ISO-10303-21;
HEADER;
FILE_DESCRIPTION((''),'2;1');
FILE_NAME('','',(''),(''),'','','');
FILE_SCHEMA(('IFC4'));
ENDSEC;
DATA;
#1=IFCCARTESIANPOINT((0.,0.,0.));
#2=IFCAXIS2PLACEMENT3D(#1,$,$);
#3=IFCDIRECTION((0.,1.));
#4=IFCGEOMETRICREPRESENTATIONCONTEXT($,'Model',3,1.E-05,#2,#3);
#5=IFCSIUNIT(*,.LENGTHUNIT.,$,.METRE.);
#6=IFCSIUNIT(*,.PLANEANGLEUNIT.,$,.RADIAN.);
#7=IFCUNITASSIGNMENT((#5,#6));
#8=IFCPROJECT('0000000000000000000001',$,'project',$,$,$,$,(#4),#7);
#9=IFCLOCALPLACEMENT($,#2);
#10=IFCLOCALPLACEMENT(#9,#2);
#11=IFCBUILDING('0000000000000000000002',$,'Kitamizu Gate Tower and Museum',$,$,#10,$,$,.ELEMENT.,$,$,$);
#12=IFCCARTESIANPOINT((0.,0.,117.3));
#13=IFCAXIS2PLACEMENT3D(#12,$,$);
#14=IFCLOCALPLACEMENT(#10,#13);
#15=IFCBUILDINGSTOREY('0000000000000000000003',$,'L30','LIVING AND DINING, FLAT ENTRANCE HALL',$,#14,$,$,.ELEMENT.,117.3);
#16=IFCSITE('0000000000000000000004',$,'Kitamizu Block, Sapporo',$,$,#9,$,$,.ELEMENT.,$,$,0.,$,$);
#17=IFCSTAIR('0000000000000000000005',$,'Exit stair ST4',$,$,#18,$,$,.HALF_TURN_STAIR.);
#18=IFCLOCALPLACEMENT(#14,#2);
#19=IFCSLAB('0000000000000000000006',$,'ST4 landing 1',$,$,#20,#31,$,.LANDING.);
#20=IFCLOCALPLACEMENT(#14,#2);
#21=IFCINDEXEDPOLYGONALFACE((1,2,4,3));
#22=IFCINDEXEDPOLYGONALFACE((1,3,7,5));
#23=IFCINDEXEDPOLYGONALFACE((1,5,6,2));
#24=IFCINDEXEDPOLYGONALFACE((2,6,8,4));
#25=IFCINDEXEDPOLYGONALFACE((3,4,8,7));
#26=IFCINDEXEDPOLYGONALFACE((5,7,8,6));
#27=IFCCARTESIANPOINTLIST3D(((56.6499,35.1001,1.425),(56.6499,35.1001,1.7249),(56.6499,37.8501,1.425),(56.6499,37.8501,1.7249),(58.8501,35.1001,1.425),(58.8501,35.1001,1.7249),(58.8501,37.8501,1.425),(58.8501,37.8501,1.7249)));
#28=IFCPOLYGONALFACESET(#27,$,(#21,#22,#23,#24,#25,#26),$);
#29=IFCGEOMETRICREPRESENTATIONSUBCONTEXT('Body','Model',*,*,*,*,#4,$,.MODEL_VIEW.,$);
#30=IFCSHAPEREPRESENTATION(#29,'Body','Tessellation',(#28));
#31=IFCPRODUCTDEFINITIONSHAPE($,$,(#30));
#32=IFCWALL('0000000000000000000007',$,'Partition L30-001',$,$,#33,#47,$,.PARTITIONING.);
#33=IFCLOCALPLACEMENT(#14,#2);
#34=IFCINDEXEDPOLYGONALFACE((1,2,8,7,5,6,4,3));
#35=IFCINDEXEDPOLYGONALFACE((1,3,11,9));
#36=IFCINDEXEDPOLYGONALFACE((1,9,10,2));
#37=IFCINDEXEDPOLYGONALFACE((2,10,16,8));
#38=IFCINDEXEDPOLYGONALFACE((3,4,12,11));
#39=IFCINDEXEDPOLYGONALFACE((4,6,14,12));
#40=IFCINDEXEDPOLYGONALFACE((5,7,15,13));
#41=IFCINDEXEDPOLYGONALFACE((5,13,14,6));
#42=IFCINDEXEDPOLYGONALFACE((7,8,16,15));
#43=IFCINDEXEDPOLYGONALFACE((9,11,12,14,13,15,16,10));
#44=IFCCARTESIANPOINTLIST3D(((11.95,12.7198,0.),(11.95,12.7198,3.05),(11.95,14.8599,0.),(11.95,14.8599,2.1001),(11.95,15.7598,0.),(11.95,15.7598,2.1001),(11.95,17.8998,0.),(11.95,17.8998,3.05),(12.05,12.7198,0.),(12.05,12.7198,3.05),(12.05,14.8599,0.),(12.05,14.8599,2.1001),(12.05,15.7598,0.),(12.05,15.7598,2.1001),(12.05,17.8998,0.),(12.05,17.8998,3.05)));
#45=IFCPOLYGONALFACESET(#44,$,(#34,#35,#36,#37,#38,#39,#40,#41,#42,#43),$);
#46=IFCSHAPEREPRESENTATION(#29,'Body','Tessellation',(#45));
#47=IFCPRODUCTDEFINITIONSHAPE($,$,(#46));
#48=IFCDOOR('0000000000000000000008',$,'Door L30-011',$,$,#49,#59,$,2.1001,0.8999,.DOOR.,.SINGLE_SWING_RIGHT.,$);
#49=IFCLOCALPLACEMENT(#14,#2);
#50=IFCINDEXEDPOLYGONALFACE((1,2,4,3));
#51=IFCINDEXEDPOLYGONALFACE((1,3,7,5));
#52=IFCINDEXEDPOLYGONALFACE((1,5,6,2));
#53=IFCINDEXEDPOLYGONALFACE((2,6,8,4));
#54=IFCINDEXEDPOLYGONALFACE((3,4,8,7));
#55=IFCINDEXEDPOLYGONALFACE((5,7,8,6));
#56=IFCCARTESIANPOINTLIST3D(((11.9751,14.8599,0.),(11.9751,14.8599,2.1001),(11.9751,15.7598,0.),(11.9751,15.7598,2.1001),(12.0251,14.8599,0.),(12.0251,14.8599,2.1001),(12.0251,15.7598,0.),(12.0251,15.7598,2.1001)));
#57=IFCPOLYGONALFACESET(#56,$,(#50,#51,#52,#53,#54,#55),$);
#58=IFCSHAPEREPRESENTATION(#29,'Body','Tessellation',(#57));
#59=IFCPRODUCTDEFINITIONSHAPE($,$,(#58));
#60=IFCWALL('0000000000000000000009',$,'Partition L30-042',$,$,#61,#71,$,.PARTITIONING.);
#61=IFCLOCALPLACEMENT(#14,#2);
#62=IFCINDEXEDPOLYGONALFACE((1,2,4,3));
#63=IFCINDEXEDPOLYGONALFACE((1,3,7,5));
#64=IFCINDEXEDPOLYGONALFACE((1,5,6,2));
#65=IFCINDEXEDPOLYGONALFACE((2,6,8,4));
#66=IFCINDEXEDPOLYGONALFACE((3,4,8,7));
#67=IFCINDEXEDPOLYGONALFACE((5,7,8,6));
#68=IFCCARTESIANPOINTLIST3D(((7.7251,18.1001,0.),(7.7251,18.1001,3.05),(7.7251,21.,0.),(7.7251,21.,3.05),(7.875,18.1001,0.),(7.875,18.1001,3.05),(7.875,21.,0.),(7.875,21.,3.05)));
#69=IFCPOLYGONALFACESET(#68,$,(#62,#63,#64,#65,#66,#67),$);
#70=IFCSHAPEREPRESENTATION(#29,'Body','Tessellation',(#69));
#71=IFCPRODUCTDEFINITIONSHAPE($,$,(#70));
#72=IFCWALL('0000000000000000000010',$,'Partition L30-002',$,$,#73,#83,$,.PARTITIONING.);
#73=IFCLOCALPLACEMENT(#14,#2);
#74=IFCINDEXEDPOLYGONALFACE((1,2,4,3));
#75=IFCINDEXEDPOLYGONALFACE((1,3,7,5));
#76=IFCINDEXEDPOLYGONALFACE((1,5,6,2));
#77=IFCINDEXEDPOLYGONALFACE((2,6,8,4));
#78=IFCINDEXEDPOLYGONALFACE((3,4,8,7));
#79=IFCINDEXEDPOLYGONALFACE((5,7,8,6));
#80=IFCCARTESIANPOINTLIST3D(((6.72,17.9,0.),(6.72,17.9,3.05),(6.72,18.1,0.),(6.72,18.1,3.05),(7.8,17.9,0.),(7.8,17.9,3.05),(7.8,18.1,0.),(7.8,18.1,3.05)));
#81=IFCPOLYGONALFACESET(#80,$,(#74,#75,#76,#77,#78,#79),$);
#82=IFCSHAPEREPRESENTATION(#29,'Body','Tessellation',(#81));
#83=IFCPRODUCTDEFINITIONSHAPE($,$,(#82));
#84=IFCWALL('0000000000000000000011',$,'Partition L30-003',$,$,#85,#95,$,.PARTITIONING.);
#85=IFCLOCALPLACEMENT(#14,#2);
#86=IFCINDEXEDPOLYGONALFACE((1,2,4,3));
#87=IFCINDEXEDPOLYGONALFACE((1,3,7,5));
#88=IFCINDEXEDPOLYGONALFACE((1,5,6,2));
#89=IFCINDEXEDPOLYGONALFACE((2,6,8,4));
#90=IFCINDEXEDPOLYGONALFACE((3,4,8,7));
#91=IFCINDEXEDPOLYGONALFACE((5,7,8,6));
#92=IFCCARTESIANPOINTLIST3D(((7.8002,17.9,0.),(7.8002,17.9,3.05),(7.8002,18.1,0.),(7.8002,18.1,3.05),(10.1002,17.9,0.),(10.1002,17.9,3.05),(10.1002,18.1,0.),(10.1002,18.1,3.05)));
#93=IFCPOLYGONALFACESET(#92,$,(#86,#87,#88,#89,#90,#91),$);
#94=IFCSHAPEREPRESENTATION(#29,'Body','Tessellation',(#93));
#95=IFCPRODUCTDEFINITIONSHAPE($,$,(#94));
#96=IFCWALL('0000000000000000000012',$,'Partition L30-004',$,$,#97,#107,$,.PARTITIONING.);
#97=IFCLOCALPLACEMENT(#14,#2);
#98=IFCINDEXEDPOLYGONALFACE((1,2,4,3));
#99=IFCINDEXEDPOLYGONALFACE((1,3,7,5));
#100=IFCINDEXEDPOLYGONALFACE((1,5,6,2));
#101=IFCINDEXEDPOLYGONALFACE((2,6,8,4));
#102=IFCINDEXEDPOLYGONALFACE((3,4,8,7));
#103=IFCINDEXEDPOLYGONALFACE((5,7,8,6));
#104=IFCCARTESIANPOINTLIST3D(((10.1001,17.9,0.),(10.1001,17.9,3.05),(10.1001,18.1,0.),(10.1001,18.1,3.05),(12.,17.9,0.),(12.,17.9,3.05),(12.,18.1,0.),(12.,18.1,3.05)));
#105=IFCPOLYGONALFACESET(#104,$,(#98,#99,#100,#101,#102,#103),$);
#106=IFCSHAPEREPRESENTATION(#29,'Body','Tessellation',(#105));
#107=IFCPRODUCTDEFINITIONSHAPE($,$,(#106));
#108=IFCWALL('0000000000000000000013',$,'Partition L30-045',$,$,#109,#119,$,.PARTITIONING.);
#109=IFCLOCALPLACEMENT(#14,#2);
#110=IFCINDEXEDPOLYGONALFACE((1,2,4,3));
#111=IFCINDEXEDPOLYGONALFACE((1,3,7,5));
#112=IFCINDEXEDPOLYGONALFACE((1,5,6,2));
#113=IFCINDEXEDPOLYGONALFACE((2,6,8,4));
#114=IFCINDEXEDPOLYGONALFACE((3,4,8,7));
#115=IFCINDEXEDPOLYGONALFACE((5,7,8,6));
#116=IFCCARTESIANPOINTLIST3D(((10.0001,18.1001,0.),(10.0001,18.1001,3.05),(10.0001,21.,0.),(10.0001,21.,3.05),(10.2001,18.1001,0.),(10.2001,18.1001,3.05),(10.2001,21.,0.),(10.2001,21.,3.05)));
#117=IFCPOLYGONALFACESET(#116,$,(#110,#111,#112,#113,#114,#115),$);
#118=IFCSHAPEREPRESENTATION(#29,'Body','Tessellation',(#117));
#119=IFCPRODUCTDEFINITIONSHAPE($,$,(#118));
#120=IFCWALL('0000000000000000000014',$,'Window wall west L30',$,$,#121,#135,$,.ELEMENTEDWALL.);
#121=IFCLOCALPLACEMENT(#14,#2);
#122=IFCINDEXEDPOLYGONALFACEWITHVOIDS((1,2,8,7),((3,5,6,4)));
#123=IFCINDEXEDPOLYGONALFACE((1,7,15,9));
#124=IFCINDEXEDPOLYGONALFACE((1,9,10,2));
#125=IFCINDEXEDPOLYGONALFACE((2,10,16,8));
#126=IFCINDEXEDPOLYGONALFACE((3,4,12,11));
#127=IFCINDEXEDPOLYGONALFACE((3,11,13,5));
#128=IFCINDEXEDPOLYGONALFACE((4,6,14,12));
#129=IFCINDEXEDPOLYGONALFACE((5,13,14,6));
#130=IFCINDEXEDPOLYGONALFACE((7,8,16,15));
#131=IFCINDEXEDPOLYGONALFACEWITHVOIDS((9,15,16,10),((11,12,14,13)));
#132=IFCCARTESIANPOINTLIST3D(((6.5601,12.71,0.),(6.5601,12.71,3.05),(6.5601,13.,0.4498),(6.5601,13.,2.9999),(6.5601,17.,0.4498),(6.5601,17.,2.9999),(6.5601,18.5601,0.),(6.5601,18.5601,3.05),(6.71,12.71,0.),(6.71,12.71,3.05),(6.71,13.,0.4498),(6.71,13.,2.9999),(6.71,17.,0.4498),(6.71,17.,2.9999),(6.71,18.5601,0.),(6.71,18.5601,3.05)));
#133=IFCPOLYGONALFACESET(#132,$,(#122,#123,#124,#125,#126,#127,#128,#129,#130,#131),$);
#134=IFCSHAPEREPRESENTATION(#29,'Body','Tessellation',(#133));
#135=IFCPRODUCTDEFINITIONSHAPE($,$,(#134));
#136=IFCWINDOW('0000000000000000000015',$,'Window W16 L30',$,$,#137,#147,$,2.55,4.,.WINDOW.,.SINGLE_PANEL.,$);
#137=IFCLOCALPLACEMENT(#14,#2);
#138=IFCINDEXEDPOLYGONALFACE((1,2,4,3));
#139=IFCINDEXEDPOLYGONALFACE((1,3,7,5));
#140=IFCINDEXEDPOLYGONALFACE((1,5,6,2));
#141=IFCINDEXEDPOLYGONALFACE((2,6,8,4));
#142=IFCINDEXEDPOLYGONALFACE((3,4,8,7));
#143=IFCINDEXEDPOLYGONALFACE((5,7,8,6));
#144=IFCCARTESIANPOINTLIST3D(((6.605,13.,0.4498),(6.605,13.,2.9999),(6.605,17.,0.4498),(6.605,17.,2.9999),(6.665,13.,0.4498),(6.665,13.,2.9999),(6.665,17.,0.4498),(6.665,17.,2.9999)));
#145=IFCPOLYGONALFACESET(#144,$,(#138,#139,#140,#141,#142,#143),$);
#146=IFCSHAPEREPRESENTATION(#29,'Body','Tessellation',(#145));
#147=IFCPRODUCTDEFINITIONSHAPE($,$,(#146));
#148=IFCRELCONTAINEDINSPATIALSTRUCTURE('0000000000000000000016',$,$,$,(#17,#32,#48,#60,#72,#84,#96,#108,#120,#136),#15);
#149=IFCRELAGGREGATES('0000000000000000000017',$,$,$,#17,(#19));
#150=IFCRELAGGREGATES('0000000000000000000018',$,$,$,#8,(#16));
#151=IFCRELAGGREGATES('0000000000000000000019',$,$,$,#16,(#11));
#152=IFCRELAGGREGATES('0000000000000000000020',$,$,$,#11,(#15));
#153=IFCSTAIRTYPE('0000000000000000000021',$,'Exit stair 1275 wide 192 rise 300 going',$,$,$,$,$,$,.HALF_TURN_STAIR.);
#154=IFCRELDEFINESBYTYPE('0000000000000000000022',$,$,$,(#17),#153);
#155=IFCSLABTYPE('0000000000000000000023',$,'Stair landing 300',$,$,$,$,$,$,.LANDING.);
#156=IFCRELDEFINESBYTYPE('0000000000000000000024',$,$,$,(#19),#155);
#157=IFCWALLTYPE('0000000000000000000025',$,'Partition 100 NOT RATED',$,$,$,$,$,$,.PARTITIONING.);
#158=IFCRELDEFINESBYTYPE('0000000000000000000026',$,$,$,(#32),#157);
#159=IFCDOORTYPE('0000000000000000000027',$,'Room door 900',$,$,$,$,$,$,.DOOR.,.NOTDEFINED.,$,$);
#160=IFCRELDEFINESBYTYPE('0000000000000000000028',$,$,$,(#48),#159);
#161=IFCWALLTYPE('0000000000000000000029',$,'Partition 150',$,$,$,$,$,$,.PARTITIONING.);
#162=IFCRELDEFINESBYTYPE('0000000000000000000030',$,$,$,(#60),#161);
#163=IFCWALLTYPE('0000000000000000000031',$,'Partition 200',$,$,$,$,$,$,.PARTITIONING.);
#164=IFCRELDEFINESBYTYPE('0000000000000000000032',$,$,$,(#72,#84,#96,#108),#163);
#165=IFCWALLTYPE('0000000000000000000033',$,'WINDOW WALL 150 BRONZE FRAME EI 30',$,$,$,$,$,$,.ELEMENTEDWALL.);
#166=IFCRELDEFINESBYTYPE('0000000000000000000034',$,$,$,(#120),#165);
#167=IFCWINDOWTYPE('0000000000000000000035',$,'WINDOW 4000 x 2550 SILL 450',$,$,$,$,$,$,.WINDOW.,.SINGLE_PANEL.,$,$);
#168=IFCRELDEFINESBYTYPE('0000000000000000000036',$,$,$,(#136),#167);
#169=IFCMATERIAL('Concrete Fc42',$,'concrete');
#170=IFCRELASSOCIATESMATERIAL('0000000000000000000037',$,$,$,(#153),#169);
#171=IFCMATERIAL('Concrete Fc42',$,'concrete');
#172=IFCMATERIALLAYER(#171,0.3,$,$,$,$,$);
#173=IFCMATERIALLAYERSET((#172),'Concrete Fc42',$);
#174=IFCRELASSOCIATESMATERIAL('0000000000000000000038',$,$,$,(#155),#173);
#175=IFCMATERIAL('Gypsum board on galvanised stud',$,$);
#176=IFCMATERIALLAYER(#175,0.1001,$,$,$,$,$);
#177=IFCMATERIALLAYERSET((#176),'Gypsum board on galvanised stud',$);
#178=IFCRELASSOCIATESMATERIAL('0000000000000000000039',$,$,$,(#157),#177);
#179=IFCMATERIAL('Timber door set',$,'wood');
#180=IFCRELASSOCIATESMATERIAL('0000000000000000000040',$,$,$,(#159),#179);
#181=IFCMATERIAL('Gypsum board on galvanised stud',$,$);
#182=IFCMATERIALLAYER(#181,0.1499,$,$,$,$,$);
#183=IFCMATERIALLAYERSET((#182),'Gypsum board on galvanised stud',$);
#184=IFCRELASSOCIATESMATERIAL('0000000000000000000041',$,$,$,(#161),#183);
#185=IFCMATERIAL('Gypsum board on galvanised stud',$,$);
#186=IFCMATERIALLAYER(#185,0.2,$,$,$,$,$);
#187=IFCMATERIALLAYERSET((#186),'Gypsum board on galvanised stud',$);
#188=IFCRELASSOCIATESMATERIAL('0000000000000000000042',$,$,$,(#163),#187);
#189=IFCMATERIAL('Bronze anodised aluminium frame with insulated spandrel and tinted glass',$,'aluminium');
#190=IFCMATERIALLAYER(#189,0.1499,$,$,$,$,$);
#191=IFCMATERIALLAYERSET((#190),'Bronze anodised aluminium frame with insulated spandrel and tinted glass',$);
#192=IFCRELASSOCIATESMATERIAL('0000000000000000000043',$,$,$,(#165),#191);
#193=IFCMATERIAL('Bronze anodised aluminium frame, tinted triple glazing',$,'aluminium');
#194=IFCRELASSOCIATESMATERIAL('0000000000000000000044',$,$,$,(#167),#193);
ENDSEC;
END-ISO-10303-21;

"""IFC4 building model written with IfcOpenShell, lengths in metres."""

from ifc_helpers import new_model, si_unit, direction, frame, frame_2d, origin, place, context, subcontext, project, spatial, polyline, rectangle, outline, extrude, material, layer, layer_set, type_object, element, fill, aggregate, save


model = new_model("IFC4")

# Units and contexts
model_context = context("Model", 3, precision=1e-05, world=origin(), true_north=direction((0.0, 1.0)))
body_context = subcontext(model_context, "Body", "Model", "MODEL_VIEW")
ifc_project = project(units=[si_unit("LENGTHUNIT", "METRE"), si_unit("PLANEANGLEUNIT", "RADIAN")], contexts=[model_context])

# Site, building, storey
site_placement = place(None, origin())
site = spatial("IfcSite", under=ifc_project, at=site_placement, Name="Kitamizu Block, Sapporo", CompositionType="ELEMENT", RefElevation=0.0)
building_placement = place(site_placement, origin())
building = spatial("IfcBuilding", under=site, at=building_placement, Name="Kitamizu Gate Tower and Museum", CompositionType="ELEMENT")
storey_placement = place(building_placement, frame((0.0, 0.0, 117.3)))
storey = spatial("IfcBuildingStorey", under=building, at=storey_placement, Name="L30", Description="LIVING AND DINING, FLAT ENTRANCE HALL", CompositionType="ELEMENT", Elevation=117.3)

# Stair, slab
ifc_material_1 = material(Name="Concrete Fc42", Category="concrete")
stair_type = type_object("IfcStairType", Name="Exit stair 1275 wide 192 rise 300 going", PredefinedType="HALF_TURN_STAIR", material=ifc_material_1)
ifc_material_2 = material(Name="Concrete Fc42", Category="concrete")
ifc_layer_1 = layer(ifc_material_2, 0.3)
ifc_layer_set_1 = layer_set([ifc_layer_1], Name="Concrete Fc42")
slab_type_1 = type_object("IfcSlabType", Name="Stair landing 300", PredefinedType="LANDING", material=ifc_layer_set_1)
stair_1_placement = place(storey_placement, origin())
stair_1 = element("IfcStair", 1, at=stair_1_placement, inside=storey, type_object=stair_type, Name="Exit stair ST4", PredefinedType="HALF_TURN_STAIR")
slab_1_placement = place(storey_placement, frame((0.0, 0.0, 1.425)))
slab_1 = element("IfcSlab", 2, at=slab_1_placement, type_object=slab_type_1, Name="ST4 landing 1", PredefinedType="LANDING", context=body_context, shape_type="SweptSolid", body=[
    extrude(outline(polyline([(56.6499, 35.1001), (58.8501, 35.1001), (58.8501, 37.8501), (56.6499, 37.8501), (56.6499, 35.1001)])), origin(), (0.0, 0.0, 1.0), 0.2998),
])
aggregate(stair_1, [slab_1])

# Wall, opening, door
ifc_material_3 = material(Name="Gypsum board on galvanised stud")
ifc_layer_2 = layer(ifc_material_3, 0.1001)
ifc_layer_set_2 = layer_set([ifc_layer_2], Name="Gypsum board on galvanised stud")
wall_type_1 = type_object("IfcWallType", Name="Partition 100 NOT RATED", PredefinedType="PARTITIONING", material=ifc_layer_set_2)
wall_1_placement = place(storey_placement, frame((12.0, 12.72, 0.0), z_axis=(0.0, 0.0, 1.0), x_axis=(0.0, 1.0, 0.0)))
wall_1 = element("IfcWall", 3, at=wall_1_placement, inside=storey, type_object=wall_type_1, Name="Partition L30-001", PredefinedType="PARTITIONING", context=body_context, shape_type="SweptSolid", body=[
    extrude(rectangle(XDim=5.1799, YDim=0.1001, at=frame_2d((2.5898, 0.0))), origin(), (0.0, 0.0, 1.0), 3.05),
])
opening_1_placement = place(wall_1_placement, frame((2.1399, 0.0, 0.0)))
opening_1 = element("IfcOpeningElement", 4, at=opening_1_placement, cuts=wall_1, PredefinedType="OPENING", context=body_context, shape_type="SweptSolid", body=[
    extrude(rectangle(XDim=0.8999, YDim=2.1001, at=frame_2d((0.45, 1.05))), frame((0.0, 0.0601, 0.0), z_axis=(0.0, -1.0, 0.0), x_axis=(1.0, 0.0, 0.0)), (0.0, 0.0, 1.0), 0.1201),
])
ifc_material_4 = material(Name="Timber door set", Category="wood")
door_type = type_object("IfcDoorType", Name="Room door 900", OperationType="NOTDEFINED", PredefinedType="DOOR", material=ifc_material_4)
door_placement = place(opening_1_placement, origin())
door = element("IfcDoor", 5, at=door_placement, inside=storey, type_object=door_type, Name="Door L30-011", OperationType="SINGLE_SWING_RIGHT", OverallHeight=2.1001, OverallWidth=0.8999, PredefinedType="DOOR", context=body_context, shape_type="SweptSolid", body=[
    extrude(rectangle(XDim=0.8999, YDim=2.1001, at=frame_2d((0.45, 1.05))), frame((0.0, 0.0249, 0.0), z_axis=(0.0, -1.0, 0.0), x_axis=(1.0, 0.0, 0.0)), (0.0, 0.0, 1.0), 0.05),
])
fill(opening_1, door)

# Walls
ifc_material_5 = material(Name="Gypsum board on galvanised stud")
ifc_layer_3 = layer(ifc_material_5, 0.1499)
ifc_layer_set_3 = layer_set([ifc_layer_3], Name="Gypsum board on galvanised stud")
wall_type_2 = type_object("IfcWallType", Name="Partition 150", PredefinedType="PARTITIONING", material=ifc_layer_set_3)
wall_2_placement = place(storey_placement, frame((7.8, 18.1001, 0.0), z_axis=(0.0, 0.0, 1.0), x_axis=(0.0, 1.0, 0.0)))
element("IfcWall", 6, at=wall_2_placement, inside=storey, type_object=wall_type_2, Name="Partition L30-042", PredefinedType="PARTITIONING", context=body_context, shape_type="SweptSolid", body=[
    extrude(rectangle(XDim=2.8999, YDim=0.1499, at=frame_2d((1.45, 0.0))), origin(), (0.0, 0.0, 1.0), 3.05),
])
ifc_material_6 = material(Name="Gypsum board on galvanised stud")
ifc_layer_4 = layer(ifc_material_6, 0.2)
ifc_layer_set_4 = layer_set([ifc_layer_4], Name="Gypsum board on galvanised stud")
wall_type_3 = type_object("IfcWallType", Name="Partition 200", PredefinedType="PARTITIONING", material=ifc_layer_set_4)
wall_3_placement = place(storey_placement, frame((7.8, 18.0, 0.0), z_axis=(0.0, 0.0, 1.0), x_axis=(-1.0, 0.0, 0.0)))
element("IfcWall", 7, at=wall_3_placement, inside=storey, type_object=wall_type_3, Name="Partition L30-002", PredefinedType="PARTITIONING", context=body_context, shape_type="SweptSolid", body=[
    extrude(rectangle(XDim=1.0801, YDim=0.2, at=frame_2d((0.54, 0.0))), origin(), (0.0, 0.0, 1.0), 3.05),
])
wall_4_placement = place(storey_placement, frame((10.1001, 18.0, 0.0), z_axis=(0.0, 0.0, 1.0), x_axis=(-1.0, 0.0, 0.0)))
element("IfcWall", 8, at=wall_4_placement, inside=storey, type_object=wall_type_3, Name="Partition L30-003", PredefinedType="PARTITIONING", context=body_context, shape_type="SweptSolid", body=[
    extrude(rectangle(XDim=2.3, YDim=0.2, at=frame_2d((1.1499, 0.0))), origin(), (0.0, 0.0, 1.0), 3.05),
])
wall_5_placement = place(storey_placement, frame((12.0, 18.0, 0.0), z_axis=(0.0, 0.0, 1.0), x_axis=(-1.0, 0.0, 0.0)))
element("IfcWall", 9, at=wall_5_placement, inside=storey, type_object=wall_type_3, Name="Partition L30-004", PredefinedType="PARTITIONING", context=body_context, shape_type="SweptSolid", body=[
    extrude(rectangle(XDim=1.8999, YDim=0.2, at=frame_2d((0.95, 0.0))), origin(), (0.0, 0.0, 1.0), 3.05),
])
wall_6_placement = place(storey_placement, frame((10.1001, 18.1001, 0.0), z_axis=(0.0, 0.0, 1.0), x_axis=(0.0, 1.0, 0.0)))
element("IfcWall", 10, at=wall_6_placement, inside=storey, type_object=wall_type_3, Name="Partition L30-045", PredefinedType="PARTITIONING", context=body_context, shape_type="SweptSolid", body=[
    extrude(rectangle(XDim=2.8999, YDim=0.2, at=frame_2d((1.45, 0.0))), origin(), (0.0, 0.0, 1.0), 3.05),
])

# Shared definitions
ifc_material_7 = material(Name="Bronze anodised aluminium frame with insulated spandrel and tinted glass", Category="aluminium")
ifc_layer_5 = layer(ifc_material_7, 0.1499)
ifc_layer_set_5 = layer_set([ifc_layer_5], Name="Bronze anodised aluminium frame with insulated spandrel and tinted glass")
wall_type_4 = type_object("IfcWallType", Name="WINDOW WALL 150 BRONZE FRAME EI 30", PredefinedType="ELEMENTEDWALL", material=ifc_layer_set_5)

# Wall, opening, window
wall_7_placement = place(storey_placement, frame((6.635, 12.71, 0.0), z_axis=(0.0, 0.0, 1.0), x_axis=(0.0, 1.0, 0.0)))
wall_7 = element("IfcWall", 11, at=wall_7_placement, inside=storey, type_object=wall_type_4, Name="Window wall west L30", PredefinedType="ELEMENTEDWALL", context=body_context, shape_type="SweptSolid", body=[
    extrude(rectangle(XDim=5.8501, YDim=0.1499, at=frame_2d((2.925, 0.0))), origin(), (0.0, 0.0, 1.0), 3.05),
])
opening_2_placement = place(wall_7_placement, frame((0.29, 0.0, 0.45)))
opening_2 = element("IfcOpeningElement", 12, at=opening_2_placement, cuts=wall_7, PredefinedType="OPENING", context=body_context, shape_type="SweptSolid", body=[
    extrude(rectangle(XDim=4.0, YDim=2.55, at=frame_2d((2.0, 1.2749))), frame((0.0, 0.085, 0.0), z_axis=(0.0, -1.0, 0.0), x_axis=(1.0, 0.0, 0.0)), (0.0, 0.0, 1.0), 0.1699),
])
ifc_material_8 = material(Name="Bronze anodised aluminium frame, tinted triple glazing", Category="aluminium")
window_type_1 = type_object("IfcWindowType", Name="WINDOW 4000 x 2550 SILL 450", PartitioningType="SINGLE_PANEL", PredefinedType="WINDOW", material=ifc_material_8)
window_1_placement = place(opening_2_placement, origin())
window_1 = element("IfcWindow", 13, at=window_1_placement, inside=storey, type_object=window_type_1, Name="Window W16 L30", OverallHeight=2.55, OverallWidth=4.0, PartitioningType="SINGLE_PANEL", PredefinedType="WINDOW", context=body_context, shape_type="SweptSolid", body=[
    extrude(rectangle(XDim=4.0, YDim=2.55, at=frame_2d((2.0, 1.2749))), frame((0.0, 0.03, 0.0), z_axis=(0.0, -1.0, 0.0), x_axis=(1.0, 0.0, 0.0)), (0.0, 0.0, 1.0), 0.0601),
])
fill(opening_2, window_1)

save(model, "model.ifc")
